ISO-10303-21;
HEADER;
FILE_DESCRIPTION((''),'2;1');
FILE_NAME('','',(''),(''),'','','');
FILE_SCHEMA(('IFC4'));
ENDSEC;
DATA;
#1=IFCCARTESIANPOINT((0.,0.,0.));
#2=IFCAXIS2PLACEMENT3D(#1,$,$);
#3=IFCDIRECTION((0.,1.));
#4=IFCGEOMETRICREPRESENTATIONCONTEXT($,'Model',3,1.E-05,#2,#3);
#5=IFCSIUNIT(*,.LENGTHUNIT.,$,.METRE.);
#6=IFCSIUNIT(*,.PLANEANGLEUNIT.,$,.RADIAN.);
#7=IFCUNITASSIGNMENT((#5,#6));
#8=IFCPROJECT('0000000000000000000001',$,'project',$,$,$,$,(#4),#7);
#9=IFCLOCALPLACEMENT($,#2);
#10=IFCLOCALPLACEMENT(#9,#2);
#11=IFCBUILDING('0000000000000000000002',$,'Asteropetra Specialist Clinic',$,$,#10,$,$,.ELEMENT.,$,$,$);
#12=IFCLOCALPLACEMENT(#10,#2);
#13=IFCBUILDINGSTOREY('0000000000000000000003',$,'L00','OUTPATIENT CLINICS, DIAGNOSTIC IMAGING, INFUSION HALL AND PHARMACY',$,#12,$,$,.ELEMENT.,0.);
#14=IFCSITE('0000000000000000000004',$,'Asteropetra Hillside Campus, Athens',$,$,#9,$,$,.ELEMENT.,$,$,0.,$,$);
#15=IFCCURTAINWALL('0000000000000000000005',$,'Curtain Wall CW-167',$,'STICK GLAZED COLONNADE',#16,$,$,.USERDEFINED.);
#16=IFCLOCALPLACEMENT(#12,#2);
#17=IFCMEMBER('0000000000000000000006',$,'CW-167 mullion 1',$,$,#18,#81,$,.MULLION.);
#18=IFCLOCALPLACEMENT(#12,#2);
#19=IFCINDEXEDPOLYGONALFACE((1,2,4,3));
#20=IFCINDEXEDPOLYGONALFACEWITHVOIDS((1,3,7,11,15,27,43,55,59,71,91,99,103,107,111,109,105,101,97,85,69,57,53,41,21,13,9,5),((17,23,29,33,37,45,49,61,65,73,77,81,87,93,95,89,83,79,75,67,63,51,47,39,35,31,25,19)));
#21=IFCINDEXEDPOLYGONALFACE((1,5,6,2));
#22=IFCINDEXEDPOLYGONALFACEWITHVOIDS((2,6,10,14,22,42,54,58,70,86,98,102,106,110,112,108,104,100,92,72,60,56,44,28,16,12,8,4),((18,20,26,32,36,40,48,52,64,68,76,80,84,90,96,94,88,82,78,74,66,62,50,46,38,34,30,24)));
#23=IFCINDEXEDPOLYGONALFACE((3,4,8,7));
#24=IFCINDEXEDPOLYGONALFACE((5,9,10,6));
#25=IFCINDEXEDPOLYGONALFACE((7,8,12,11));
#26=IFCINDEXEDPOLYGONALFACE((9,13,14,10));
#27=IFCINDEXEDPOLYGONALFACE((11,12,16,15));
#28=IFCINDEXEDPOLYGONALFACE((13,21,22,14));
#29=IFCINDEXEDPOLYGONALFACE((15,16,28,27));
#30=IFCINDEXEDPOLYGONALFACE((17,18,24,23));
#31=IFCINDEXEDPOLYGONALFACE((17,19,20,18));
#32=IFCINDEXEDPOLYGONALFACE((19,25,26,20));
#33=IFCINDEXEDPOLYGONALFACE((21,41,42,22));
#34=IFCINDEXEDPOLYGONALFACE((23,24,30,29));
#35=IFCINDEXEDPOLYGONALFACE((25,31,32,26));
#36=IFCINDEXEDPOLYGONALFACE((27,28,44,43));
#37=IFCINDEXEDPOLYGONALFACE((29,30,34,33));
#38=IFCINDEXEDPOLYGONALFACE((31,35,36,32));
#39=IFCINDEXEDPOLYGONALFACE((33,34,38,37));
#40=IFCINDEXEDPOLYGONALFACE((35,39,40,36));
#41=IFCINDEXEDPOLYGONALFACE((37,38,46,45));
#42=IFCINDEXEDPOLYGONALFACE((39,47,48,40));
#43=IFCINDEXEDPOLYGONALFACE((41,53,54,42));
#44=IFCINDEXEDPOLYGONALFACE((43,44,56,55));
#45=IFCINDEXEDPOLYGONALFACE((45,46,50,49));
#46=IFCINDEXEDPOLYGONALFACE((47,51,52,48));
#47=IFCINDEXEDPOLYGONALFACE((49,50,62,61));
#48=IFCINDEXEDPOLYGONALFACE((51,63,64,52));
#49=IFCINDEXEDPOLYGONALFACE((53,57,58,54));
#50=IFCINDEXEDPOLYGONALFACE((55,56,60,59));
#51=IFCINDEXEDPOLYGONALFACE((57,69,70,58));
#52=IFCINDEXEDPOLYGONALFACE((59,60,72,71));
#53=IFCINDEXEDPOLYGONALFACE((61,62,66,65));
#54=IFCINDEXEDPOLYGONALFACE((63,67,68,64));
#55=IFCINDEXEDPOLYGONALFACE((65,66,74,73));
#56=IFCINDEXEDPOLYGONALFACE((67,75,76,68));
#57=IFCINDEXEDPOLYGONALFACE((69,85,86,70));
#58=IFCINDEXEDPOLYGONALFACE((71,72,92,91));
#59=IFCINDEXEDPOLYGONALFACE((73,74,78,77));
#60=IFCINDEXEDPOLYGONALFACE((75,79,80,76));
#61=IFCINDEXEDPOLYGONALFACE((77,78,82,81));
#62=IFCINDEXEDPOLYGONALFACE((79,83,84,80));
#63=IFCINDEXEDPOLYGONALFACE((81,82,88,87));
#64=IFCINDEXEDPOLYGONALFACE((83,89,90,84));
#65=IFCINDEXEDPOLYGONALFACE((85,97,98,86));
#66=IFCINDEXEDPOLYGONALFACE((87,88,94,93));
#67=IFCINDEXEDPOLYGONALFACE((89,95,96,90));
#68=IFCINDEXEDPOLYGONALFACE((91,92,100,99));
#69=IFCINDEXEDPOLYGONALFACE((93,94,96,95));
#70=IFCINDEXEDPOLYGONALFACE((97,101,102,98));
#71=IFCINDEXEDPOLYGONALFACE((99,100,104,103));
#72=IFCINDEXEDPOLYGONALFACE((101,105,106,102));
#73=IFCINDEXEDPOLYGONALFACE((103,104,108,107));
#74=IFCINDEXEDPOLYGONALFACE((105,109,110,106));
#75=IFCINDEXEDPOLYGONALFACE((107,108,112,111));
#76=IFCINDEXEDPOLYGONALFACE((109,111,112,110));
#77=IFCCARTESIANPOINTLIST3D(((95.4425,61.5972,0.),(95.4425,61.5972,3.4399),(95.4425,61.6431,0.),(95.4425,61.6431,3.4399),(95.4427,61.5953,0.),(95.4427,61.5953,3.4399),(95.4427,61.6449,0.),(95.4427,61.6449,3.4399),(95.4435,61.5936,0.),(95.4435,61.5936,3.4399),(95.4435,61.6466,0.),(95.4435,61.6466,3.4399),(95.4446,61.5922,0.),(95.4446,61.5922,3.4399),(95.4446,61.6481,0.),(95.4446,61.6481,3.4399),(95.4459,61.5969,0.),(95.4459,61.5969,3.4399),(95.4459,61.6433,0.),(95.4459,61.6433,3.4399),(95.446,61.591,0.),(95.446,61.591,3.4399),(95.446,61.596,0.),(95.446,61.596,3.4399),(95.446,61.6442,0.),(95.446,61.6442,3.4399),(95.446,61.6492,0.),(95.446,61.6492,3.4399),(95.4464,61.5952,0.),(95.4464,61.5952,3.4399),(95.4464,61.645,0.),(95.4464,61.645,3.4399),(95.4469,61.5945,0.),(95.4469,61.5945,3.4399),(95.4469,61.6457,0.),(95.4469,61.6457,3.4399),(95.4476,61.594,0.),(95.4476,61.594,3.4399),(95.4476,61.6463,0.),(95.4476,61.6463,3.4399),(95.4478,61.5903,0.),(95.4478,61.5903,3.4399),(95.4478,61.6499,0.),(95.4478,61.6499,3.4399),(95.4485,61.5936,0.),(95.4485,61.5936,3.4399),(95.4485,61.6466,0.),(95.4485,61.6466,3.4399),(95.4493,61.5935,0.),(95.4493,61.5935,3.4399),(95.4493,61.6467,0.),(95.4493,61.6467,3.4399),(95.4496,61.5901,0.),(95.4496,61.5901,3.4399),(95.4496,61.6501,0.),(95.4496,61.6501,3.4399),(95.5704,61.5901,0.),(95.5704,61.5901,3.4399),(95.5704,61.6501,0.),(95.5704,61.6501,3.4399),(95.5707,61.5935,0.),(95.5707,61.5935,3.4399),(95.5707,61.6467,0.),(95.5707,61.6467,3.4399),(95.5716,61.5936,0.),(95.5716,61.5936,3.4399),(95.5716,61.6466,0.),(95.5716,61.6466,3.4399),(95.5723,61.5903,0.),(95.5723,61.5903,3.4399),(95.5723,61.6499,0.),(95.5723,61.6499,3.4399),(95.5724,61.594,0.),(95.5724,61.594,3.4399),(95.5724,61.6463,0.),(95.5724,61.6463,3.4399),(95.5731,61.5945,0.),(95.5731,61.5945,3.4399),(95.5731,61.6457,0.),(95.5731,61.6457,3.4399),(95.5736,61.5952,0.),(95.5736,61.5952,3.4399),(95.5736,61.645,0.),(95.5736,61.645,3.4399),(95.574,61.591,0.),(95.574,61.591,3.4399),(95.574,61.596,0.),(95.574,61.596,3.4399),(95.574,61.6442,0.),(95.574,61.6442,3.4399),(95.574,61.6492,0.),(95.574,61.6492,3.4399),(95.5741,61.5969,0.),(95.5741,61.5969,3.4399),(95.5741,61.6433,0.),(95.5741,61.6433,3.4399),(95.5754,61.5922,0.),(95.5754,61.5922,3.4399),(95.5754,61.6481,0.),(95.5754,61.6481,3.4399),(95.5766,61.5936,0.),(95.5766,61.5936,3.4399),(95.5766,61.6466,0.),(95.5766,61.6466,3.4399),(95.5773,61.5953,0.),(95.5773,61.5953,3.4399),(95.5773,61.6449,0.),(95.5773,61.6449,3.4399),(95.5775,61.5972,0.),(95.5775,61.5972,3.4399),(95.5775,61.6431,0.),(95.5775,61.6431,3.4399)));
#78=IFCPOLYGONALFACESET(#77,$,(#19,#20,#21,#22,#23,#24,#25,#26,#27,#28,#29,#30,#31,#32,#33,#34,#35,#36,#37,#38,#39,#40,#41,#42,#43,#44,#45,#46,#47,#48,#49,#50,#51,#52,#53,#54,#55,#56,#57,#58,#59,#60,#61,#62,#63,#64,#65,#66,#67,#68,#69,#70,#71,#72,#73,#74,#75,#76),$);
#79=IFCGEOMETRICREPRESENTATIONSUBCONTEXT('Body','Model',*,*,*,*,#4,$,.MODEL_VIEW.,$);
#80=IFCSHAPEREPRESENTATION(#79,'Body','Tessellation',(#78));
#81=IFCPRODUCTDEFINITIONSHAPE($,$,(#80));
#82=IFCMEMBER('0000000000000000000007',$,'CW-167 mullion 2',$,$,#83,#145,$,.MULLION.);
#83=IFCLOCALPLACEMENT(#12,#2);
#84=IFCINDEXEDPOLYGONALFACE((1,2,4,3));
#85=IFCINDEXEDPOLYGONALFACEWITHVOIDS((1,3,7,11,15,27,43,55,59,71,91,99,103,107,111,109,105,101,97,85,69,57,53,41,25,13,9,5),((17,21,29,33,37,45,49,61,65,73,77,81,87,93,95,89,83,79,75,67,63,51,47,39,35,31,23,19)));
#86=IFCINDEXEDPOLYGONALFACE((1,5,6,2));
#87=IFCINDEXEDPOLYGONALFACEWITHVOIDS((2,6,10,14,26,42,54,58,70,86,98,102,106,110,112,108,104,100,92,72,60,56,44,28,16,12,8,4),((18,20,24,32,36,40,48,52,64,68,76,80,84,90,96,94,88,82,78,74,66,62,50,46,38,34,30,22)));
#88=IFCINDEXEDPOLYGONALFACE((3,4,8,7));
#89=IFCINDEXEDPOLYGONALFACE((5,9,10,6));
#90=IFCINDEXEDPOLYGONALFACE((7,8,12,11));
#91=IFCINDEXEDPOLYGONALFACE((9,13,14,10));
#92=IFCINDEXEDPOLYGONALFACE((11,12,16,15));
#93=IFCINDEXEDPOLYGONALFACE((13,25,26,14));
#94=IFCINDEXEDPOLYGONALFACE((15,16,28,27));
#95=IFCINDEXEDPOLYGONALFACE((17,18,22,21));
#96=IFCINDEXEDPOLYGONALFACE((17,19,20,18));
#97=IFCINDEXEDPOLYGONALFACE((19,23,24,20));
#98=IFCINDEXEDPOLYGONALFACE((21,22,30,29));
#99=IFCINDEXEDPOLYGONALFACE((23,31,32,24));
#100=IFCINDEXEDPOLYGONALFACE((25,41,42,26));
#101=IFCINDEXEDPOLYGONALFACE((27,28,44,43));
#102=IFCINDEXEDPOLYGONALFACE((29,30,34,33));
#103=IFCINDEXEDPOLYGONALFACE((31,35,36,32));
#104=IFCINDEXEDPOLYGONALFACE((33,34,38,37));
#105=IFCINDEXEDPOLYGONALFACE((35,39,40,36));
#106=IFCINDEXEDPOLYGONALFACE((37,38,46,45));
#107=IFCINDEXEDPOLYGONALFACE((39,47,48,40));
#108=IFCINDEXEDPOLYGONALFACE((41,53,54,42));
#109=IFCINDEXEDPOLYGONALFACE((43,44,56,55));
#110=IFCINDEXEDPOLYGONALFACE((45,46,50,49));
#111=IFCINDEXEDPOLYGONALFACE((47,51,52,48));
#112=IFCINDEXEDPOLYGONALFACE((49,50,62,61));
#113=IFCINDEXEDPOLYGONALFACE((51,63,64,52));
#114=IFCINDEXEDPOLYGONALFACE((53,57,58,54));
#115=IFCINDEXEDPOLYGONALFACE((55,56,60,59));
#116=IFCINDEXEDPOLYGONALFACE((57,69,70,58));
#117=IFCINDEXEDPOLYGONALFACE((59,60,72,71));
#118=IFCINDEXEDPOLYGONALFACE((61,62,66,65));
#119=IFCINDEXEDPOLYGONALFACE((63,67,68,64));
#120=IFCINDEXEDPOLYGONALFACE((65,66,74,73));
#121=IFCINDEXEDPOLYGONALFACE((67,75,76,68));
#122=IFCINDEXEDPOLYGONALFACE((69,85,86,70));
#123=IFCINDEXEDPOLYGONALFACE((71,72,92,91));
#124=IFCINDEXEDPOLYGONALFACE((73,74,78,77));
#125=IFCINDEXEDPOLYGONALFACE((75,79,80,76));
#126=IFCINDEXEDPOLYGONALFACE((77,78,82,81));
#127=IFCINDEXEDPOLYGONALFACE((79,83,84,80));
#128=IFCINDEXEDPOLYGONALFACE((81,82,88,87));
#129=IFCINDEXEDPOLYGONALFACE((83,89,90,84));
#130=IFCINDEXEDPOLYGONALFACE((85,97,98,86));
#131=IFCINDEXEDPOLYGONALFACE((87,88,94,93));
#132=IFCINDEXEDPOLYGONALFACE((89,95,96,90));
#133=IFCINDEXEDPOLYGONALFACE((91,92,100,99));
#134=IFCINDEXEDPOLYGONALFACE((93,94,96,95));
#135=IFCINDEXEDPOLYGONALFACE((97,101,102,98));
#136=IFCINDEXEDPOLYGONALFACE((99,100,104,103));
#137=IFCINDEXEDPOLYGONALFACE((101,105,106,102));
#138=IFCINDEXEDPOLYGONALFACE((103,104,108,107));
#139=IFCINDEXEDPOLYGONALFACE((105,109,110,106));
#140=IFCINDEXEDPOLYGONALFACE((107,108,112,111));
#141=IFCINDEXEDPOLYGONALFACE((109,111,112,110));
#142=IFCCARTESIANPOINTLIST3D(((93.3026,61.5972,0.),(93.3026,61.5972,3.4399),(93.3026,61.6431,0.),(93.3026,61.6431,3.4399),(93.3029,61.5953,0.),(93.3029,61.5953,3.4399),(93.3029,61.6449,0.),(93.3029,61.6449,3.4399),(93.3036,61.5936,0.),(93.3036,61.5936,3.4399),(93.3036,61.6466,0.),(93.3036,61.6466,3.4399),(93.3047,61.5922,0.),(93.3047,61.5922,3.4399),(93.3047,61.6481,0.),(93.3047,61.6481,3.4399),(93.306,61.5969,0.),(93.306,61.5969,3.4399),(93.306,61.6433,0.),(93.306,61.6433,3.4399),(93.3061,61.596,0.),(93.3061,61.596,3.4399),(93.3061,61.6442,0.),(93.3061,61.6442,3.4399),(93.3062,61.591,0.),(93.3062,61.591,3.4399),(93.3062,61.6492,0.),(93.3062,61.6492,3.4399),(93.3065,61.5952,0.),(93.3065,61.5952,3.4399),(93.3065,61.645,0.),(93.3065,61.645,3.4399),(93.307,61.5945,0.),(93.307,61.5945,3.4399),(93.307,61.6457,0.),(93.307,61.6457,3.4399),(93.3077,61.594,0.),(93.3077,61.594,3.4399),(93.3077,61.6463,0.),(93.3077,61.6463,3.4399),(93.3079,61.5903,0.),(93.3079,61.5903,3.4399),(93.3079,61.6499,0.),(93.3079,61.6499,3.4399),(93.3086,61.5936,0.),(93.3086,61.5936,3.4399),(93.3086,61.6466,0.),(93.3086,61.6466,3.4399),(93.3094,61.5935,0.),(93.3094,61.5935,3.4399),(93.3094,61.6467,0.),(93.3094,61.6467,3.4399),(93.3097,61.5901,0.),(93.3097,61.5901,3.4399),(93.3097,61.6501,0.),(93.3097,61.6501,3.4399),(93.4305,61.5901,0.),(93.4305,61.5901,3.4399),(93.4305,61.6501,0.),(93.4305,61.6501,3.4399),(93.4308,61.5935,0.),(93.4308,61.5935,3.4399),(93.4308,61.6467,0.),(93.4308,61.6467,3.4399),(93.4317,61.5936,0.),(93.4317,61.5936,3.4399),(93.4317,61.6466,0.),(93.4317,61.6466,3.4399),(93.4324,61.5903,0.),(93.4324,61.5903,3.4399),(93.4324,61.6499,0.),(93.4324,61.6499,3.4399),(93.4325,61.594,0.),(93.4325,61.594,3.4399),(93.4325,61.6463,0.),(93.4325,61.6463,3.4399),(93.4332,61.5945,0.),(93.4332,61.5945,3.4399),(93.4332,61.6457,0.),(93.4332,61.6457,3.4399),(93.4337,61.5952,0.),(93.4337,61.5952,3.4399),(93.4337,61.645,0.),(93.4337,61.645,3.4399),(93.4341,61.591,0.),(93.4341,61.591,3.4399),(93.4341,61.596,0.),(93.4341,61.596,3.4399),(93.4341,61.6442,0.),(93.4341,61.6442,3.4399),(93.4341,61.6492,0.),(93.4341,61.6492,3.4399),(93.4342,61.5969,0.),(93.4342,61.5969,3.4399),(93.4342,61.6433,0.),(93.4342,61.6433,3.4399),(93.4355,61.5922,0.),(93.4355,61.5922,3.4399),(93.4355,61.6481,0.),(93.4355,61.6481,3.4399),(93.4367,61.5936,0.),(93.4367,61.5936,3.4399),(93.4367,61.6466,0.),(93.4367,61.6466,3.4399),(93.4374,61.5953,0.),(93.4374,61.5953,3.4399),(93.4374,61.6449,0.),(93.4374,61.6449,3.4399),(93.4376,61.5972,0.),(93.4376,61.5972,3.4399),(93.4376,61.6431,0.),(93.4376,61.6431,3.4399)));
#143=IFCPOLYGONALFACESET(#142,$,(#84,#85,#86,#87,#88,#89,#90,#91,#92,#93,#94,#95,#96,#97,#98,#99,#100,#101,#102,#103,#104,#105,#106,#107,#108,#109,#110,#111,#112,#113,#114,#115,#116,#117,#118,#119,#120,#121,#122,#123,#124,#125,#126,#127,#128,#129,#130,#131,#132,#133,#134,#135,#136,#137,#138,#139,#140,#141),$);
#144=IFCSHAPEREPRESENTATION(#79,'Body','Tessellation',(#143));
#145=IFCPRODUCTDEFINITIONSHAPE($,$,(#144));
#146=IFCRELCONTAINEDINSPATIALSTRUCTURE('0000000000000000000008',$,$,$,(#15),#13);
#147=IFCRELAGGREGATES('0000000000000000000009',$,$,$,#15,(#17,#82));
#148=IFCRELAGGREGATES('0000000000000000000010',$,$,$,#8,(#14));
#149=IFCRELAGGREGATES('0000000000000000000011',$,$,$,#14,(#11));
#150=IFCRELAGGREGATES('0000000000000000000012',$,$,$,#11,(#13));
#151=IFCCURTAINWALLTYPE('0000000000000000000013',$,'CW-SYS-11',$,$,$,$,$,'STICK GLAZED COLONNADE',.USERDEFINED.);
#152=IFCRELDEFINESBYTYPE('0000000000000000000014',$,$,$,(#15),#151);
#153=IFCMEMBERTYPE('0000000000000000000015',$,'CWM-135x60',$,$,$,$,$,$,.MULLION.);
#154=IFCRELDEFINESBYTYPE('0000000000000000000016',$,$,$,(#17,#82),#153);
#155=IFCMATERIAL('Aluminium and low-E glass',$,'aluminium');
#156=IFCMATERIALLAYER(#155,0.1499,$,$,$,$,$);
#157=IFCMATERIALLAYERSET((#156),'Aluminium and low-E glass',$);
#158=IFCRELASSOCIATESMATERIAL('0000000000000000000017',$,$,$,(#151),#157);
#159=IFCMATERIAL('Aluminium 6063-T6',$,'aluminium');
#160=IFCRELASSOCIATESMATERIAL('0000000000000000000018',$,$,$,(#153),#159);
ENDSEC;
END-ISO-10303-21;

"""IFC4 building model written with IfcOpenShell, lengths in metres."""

from ifc_helpers import new_model, si_unit, direction, frame, origin, origin_2d, place, context, subcontext, project, spatial, hollow_rectangle, extrude, material, layer, layer_set, material_profile, profile_set, type_object, element, aggregate, save


model = new_model("IFC4")

# Units and contexts
model_context = context("Model", 3, precision=1e-05, world=origin(), true_north=direction((0.0, 1.0)))
body_context = subcontext(model_context, "Body", "Model", "MODEL_VIEW")
ifc_project = project(units=[si_unit("LENGTHUNIT", "METRE"), si_unit("PLANEANGLEUNIT", "RADIAN")], contexts=[model_context])

# Site, building, storey
site_placement = place(None, origin())
site = spatial("IfcSite", under=ifc_project, at=site_placement, Name="Asteropetra Hillside Campus, Athens", CompositionType="ELEMENT", RefElevation=0.0)
building_placement = place(site_placement, origin())
building = spatial("IfcBuilding", under=site, at=building_placement, Name="Asteropetra Specialist Clinic", CompositionType="ELEMENT")
storey_placement = place(building_placement, origin())
storey = spatial("IfcBuildingStorey", under=building, at=storey_placement, Name="L00", Description="OUTPATIENT CLINICS, DIAGNOSTIC IMAGING, INFUSION HALL AND PHARMACY", CompositionType="ELEMENT", Elevation=0.0)

# Curtain wall, members
ifc_material_1 = material(Name="Aluminium and low-E glass", Category="aluminium")
ifc_layer_1 = layer(ifc_material_1, 0.1499)
ifc_layer_set_1 = layer_set([ifc_layer_1], Name="Aluminium and low-E glass")
curtain_wall_type_1 = type_object("IfcCurtainWallType", Name="CW-SYS-11", ElementType="STICK GLAZED COLONNADE", PredefinedType="USERDEFINED", material=ifc_layer_set_1)
curtain_wall_1_placement = place(storey_placement, origin())
curtain_wall_1 = element("IfcCurtainWall", 1, at=curtain_wall_1_placement, inside=storey, type_object=curtain_wall_type_1, Name="Curtain Wall CW-167", ObjectType="STICK GLAZED COLONNADE", PredefinedType="USERDEFINED")
ifc_material_2 = material(Name="Aluminium 6063-T6", Category="aluminium")
ifc_material_profile_1 = material_profile(ifc_material_2, hollow_rectangle(XDim=0.0601, YDim=0.135, WallThickness=0.0034, InnerFilletRadius=0.0034, OuterFilletRadius=0.0071, at=origin_2d()), Name="MUL 135x60x3.5")
ifc_profile_set_1 = profile_set([ifc_material_profile_1], Name="Aluminium 6063-T6")
member_type_1 = type_object("IfcMemberType", Name="CWM-135x60", PredefinedType="MULLION", material=ifc_profile_set_1)
member_1_placement = place(storey_placement, frame((95.51, 61.6201, 0.0), z_axis=(0.0, 0.0, 1.0), x_axis=(0.0, -1.0, 0.0)))
member_1 = element("IfcMember", 2, at=member_1_placement, type_object=member_type_1, Name="CW-167 mullion 1", PredefinedType="MULLION", context=body_context, shape_type="SweptSolid", body=[
    extrude(hollow_rectangle(XDim=0.0601, YDim=0.135, WallThickness=0.0034, InnerFilletRadius=0.0034, OuterFilletRadius=0.0071, at=origin_2d()), origin(), (0.0, 0.0, 1.0), 3.4399),
])
member_2_placement = place(storey_placement, frame((93.3701, 61.6201, 0.0), z_axis=(0.0, 0.0, 1.0), x_axis=(0.0, -1.0, 0.0)))
member_2 = element("IfcMember", 3, at=member_2_placement, type_object=member_type_1, Name="CW-167 mullion 2", PredefinedType="MULLION", context=body_context, shape_type="SweptSolid", body=[
    extrude(hollow_rectangle(XDim=0.0601, YDim=0.135, WallThickness=0.0034, InnerFilletRadius=0.0034, OuterFilletRadius=0.0071, at=origin_2d()), origin(), (0.0, 0.0, 1.0), 3.4399),
])

aggregate(curtain_wall_1, [member_1, member_2])

save(model, "model.ifc")
